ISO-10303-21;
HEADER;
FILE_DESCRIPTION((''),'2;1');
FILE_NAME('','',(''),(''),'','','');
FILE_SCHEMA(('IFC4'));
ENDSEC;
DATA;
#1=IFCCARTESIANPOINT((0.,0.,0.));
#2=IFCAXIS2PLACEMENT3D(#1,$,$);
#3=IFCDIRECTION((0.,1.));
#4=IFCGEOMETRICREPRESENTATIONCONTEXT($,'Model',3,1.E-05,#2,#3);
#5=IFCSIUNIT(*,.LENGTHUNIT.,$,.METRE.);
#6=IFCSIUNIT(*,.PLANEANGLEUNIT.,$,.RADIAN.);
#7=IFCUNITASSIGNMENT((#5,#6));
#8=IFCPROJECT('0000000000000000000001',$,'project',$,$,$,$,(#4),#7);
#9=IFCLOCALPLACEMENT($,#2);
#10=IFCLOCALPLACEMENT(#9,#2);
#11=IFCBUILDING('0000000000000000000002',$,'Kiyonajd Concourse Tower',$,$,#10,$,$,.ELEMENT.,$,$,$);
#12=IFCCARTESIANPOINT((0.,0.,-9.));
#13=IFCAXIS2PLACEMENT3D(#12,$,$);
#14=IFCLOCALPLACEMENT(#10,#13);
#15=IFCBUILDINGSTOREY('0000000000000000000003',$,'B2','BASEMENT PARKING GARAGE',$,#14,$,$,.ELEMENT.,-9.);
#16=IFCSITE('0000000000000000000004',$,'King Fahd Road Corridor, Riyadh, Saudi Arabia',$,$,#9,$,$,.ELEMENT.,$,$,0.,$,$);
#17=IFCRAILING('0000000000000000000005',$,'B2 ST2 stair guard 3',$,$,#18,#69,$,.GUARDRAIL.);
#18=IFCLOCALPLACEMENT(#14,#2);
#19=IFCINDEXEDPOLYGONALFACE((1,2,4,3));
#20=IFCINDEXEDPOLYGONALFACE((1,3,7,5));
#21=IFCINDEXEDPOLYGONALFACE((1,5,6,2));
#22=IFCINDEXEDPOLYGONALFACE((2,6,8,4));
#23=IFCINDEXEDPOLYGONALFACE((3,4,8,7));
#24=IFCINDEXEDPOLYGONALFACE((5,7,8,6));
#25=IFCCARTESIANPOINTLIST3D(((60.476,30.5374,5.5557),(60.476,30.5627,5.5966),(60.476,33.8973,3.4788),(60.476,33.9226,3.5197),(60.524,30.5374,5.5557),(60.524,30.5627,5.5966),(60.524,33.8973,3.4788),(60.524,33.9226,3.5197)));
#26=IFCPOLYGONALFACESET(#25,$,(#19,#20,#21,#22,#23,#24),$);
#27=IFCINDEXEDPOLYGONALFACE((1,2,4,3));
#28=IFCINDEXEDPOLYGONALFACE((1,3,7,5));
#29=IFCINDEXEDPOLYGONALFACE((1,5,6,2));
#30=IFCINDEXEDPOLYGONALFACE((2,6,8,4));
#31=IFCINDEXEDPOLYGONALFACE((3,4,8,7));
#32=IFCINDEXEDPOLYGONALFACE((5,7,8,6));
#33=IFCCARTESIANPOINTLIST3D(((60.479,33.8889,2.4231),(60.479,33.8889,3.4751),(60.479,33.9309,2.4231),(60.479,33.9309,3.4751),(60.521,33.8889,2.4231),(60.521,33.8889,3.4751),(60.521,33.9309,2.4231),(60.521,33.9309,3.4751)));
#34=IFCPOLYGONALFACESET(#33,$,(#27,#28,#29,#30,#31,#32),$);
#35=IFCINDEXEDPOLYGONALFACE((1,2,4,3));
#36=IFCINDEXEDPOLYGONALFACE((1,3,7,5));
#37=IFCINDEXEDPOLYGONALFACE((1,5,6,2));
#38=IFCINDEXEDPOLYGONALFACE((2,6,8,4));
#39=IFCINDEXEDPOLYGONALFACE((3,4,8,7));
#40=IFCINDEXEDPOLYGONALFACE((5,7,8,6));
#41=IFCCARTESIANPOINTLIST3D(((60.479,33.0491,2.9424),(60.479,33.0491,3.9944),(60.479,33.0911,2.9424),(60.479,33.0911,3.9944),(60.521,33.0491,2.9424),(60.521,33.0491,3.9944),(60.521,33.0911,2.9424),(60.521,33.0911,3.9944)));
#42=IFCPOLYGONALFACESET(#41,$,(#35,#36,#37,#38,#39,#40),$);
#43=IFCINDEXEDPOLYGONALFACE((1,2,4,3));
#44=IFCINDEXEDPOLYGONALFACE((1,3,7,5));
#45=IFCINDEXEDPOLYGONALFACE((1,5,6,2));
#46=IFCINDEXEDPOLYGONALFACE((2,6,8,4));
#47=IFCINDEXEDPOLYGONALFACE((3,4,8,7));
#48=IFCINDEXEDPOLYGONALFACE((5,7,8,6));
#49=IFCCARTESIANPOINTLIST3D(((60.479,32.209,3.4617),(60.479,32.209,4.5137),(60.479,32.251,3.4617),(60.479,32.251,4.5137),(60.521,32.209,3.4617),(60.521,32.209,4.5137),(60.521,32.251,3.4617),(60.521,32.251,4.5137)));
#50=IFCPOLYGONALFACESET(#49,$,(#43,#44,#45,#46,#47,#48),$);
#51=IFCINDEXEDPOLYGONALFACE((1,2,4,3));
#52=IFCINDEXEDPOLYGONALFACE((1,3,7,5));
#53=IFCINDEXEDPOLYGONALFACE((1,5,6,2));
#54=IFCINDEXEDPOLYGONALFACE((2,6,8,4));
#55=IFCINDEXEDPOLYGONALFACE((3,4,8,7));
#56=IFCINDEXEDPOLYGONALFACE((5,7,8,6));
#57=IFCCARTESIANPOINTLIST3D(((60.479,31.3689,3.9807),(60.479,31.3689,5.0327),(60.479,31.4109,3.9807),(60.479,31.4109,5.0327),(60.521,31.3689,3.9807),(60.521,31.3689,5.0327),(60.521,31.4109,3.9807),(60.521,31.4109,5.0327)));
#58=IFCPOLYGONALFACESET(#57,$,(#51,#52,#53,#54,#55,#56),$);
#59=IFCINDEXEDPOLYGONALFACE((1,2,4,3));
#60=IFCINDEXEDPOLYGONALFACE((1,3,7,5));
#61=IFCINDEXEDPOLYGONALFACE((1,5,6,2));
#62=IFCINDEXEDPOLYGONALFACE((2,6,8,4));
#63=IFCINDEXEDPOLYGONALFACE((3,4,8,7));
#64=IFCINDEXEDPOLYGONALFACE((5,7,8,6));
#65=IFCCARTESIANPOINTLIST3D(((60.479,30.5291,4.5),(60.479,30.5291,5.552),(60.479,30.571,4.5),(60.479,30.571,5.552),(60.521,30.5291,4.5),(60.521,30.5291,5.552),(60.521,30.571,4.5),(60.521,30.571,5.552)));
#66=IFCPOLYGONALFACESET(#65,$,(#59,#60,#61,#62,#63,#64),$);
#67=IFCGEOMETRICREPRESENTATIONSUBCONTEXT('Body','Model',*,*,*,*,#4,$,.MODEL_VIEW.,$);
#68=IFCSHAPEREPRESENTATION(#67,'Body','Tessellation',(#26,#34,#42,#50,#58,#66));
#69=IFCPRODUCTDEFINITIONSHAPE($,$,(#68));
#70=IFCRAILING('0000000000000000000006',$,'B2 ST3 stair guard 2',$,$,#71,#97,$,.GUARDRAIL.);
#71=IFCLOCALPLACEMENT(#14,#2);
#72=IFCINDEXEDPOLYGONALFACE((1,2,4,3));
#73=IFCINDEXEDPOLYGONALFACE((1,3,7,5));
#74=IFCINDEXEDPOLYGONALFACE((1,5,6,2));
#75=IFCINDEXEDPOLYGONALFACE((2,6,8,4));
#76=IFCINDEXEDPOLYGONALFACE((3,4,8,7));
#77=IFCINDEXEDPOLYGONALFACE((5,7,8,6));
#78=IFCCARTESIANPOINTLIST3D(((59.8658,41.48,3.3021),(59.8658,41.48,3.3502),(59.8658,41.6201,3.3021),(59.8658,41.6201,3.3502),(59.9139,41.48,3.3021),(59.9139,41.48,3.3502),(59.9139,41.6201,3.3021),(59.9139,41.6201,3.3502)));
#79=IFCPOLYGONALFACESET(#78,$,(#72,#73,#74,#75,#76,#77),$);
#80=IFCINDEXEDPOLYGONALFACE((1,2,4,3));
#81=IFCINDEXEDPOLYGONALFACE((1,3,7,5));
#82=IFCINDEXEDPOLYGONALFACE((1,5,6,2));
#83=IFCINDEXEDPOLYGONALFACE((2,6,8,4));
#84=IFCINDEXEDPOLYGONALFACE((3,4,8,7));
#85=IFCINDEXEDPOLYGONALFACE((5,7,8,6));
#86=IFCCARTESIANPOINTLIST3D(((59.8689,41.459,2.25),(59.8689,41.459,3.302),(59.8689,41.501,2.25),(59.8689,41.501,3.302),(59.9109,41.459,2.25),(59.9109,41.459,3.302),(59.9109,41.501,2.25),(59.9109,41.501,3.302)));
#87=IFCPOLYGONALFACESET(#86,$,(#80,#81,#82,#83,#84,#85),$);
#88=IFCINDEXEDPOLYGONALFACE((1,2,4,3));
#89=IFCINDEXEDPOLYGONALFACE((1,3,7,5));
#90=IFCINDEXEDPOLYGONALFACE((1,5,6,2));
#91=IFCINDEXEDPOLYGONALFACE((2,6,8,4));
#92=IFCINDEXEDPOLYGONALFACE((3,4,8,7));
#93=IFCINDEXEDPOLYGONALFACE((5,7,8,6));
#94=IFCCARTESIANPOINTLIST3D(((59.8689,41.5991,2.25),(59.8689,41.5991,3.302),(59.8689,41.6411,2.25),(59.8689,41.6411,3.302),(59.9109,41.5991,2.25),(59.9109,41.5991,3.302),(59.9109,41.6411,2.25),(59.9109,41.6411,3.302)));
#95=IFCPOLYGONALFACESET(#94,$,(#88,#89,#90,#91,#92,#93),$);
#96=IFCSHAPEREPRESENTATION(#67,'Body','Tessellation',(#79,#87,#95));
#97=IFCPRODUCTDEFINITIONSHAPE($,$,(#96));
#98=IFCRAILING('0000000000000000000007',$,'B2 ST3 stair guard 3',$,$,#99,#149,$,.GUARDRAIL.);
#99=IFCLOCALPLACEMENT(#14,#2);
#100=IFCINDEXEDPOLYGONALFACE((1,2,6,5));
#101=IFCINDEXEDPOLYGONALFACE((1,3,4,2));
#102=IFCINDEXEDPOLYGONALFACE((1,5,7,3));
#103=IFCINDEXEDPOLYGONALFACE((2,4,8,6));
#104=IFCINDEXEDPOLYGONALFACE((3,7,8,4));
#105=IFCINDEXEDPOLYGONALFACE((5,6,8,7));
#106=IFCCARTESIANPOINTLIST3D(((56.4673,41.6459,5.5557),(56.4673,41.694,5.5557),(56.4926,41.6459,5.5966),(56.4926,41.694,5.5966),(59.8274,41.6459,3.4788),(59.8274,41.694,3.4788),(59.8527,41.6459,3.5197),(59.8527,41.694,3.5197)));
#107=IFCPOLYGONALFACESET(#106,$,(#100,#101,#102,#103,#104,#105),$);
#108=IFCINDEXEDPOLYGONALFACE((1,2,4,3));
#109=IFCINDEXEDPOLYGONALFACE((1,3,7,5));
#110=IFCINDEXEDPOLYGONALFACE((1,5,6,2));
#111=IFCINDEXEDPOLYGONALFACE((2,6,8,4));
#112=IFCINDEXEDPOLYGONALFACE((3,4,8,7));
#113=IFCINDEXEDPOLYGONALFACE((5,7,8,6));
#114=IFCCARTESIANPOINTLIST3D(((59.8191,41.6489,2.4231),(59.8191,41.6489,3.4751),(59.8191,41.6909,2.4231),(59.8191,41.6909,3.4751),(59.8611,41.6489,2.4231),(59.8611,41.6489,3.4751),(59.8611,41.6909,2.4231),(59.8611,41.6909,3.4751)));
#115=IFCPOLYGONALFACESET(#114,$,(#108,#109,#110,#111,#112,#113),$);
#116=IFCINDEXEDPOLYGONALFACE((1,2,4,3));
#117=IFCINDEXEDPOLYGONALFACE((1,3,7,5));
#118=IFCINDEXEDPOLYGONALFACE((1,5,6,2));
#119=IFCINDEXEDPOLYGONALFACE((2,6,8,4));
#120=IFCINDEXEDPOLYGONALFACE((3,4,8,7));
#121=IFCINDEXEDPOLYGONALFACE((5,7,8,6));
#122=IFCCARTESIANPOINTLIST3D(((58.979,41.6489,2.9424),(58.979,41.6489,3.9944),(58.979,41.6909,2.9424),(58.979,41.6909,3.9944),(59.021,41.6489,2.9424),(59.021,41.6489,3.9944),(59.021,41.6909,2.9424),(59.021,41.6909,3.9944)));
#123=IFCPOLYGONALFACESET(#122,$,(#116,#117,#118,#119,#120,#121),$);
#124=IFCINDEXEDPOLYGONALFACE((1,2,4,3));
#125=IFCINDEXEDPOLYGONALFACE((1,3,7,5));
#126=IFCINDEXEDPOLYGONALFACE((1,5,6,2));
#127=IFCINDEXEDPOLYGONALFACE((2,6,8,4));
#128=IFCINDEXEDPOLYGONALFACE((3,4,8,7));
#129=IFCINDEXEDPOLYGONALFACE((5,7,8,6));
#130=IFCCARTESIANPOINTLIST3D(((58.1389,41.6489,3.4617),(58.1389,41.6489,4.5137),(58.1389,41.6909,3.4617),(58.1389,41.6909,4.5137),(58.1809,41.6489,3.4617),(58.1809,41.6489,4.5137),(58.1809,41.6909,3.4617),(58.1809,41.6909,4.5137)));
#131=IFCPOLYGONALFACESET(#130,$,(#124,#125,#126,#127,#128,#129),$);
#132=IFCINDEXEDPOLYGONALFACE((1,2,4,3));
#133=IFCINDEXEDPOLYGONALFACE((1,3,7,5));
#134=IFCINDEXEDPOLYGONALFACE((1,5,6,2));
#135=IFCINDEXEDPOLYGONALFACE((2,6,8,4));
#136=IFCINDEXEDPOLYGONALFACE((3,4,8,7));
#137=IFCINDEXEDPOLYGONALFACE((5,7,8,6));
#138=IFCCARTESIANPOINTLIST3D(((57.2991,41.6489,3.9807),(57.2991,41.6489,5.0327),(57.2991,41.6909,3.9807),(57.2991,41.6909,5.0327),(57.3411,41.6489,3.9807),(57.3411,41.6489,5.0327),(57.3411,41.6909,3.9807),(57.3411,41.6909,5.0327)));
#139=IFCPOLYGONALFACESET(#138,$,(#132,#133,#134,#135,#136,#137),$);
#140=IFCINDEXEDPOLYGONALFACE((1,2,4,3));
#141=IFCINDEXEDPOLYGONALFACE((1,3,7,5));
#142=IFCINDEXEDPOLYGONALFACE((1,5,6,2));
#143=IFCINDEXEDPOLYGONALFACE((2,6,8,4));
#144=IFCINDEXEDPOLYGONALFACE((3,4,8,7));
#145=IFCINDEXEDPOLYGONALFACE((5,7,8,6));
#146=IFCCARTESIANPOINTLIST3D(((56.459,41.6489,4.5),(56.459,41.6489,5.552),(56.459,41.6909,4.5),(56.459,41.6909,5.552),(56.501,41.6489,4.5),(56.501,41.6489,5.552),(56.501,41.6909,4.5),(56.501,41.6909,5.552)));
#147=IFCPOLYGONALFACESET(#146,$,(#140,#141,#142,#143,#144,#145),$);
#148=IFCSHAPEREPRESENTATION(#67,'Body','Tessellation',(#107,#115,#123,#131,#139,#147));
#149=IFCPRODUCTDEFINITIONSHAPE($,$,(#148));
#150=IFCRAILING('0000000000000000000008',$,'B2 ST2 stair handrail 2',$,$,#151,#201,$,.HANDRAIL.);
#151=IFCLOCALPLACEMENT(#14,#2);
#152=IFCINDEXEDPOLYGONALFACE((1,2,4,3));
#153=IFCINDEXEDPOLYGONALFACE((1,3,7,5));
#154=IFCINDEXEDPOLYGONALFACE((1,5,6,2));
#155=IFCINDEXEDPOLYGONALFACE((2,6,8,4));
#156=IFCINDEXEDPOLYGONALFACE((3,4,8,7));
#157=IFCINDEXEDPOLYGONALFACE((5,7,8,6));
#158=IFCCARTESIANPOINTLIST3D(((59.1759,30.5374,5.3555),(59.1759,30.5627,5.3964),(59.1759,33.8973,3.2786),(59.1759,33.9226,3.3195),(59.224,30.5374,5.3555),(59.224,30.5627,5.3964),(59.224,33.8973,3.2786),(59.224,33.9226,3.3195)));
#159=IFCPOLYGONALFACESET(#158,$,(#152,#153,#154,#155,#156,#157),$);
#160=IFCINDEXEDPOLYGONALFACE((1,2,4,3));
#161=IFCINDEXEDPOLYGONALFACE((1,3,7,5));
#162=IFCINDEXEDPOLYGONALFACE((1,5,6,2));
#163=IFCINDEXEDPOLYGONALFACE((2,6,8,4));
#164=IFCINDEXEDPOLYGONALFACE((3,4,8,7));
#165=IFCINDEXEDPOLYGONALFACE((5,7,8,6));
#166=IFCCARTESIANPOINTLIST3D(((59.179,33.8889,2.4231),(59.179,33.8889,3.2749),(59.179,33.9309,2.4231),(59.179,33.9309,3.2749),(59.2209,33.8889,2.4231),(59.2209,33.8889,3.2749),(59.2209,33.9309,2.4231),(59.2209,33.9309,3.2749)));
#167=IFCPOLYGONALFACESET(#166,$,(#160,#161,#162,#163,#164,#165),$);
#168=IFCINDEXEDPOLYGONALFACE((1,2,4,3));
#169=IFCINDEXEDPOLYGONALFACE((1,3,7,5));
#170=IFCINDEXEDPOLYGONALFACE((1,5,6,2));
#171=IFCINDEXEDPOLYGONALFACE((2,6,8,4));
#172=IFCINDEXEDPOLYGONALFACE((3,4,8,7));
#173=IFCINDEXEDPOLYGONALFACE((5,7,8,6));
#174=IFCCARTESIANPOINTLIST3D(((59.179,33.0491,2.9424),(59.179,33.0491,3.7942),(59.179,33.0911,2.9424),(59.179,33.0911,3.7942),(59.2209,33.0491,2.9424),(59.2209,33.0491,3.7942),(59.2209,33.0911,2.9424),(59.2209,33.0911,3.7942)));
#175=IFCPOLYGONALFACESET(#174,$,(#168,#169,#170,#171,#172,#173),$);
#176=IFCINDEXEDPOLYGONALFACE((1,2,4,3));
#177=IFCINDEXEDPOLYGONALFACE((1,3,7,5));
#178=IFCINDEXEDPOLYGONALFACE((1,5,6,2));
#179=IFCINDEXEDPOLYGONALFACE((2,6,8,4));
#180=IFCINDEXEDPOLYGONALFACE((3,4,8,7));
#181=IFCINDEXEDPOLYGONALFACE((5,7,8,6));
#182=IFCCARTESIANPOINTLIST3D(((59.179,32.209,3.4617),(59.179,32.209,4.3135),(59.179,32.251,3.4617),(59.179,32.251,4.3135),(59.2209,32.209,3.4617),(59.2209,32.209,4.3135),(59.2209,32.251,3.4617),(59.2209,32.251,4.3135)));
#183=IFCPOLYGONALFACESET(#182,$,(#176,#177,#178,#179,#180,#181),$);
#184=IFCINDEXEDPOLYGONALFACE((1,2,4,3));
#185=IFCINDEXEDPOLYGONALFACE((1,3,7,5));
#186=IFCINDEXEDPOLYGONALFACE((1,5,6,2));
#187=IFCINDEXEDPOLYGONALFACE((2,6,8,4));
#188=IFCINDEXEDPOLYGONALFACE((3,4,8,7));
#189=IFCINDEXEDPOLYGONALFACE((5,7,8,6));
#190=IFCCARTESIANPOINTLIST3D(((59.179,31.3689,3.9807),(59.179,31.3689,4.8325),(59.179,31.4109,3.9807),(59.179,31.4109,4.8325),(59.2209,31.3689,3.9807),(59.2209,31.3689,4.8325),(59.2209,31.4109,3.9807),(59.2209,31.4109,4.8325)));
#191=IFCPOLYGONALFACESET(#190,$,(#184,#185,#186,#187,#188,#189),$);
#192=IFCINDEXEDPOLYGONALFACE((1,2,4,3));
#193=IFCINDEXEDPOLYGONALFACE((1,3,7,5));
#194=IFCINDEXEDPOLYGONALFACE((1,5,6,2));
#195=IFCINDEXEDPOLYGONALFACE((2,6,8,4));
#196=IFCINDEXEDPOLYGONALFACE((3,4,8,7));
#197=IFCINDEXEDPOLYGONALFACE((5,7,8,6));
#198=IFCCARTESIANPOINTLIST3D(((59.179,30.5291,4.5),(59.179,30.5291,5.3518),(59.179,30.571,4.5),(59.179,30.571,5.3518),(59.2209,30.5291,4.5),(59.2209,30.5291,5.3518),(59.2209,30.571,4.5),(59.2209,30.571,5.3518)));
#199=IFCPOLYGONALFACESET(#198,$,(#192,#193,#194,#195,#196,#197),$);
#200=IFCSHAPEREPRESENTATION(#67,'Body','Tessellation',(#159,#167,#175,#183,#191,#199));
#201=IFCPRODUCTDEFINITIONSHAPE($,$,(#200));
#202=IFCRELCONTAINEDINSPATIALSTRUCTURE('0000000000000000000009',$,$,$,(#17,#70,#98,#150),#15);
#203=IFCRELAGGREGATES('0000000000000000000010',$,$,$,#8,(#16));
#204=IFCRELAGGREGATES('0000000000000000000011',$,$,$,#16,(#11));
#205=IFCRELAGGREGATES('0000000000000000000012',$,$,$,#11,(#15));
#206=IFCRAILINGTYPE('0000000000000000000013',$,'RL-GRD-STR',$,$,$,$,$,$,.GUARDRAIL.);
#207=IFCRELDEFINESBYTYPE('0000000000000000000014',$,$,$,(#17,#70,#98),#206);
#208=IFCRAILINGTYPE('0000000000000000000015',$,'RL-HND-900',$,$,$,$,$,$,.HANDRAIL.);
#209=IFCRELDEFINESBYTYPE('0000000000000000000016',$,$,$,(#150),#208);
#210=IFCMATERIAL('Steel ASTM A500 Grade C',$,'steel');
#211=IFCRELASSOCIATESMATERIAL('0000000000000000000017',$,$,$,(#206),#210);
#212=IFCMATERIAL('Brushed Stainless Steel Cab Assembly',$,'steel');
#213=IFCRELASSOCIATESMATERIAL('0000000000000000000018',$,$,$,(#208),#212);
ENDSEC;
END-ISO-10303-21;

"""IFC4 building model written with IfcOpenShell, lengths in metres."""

from ifc_helpers import new_model, si_unit, direction, frame, origin, origin_2d, place, context, subcontext, project, spatial, rectangle, extrude, material, type_object, element, save


model = new_model("IFC4")

# Units and contexts
model_context = context("Model", 3, precision=1e-05, world=origin(), true_north=direction((0.0, 1.0)))
body_context = subcontext(model_context, "Body", "Model", "MODEL_VIEW")
ifc_project = project(units=[si_unit("LENGTHUNIT", "METRE"), si_unit("PLANEANGLEUNIT", "RADIAN")], contexts=[model_context])

# Site, building, storey
site_placement = place(None, origin())
site = spatial("IfcSite", under=ifc_project, at=site_placement, Name="King Fahd Road Corridor, Riyadh, Saudi Arabia", CompositionType="ELEMENT", RefElevation=0.0)
building_placement = place(site_placement, origin())
building = spatial("IfcBuilding", under=site, at=building_placement, Name="Kiyonajd Concourse Tower", CompositionType="ELEMENT")
storey_placement = place(building_placement, frame((0.0, 0.0, -9.0)))
storey = spatial("IfcBuildingStorey", under=building, at=storey_placement, Name="B2", Description="BASEMENT PARKING GARAGE", CompositionType="ELEMENT", Elevation=-9.0)

# Railings
ifc_material_1 = material(Name="Steel ASTM A500 Grade C", Category="steel")
railing_type_1 = type_object("IfcRailingType", Name="RL-GRD-STR", PredefinedType="GUARDRAIL", material=ifc_material_1)
railing_1_placement = place(storey_placement, frame((60.5, 33.9099, 2.4231)))
element("IfcRailing", 1, at=railing_1_placement, inside=storey, type_object=railing_type_1, Name="B2 ST2 stair guard 3", PredefinedType="GUARDRAIL", context=body_context, shape_type="SweptSolid", body=[
    extrude(rectangle(XDim=0.0481, YDim=0.0481, at=origin_2d()), frame((0.0, 0.0, 1.0762), z_axis=(0.0, -0.850606, 0.525803), x_axis=(1.0, 0.0, 0.0)), (0.0, 0.0, 1.0), 3.95),
    extrude(rectangle(XDim=0.042, YDim=0.042, at=origin_2d()), origin(), (0.0, 0.0, 1.0), 1.052),
    extrude(rectangle(XDim=0.042, YDim=0.042, at=origin_2d()), frame((0.0, -0.8398, 0.5193)), (0.0, 0.0, 1.0), 1.052),
    extrude(rectangle(XDim=0.042, YDim=0.042, at=origin_2d()), frame((0.0, -1.6799, 1.0386)), (0.0, 0.0, 1.0), 1.052),
    extrude(rectangle(XDim=0.042, YDim=0.042, at=origin_2d()), frame((0.0, -2.52, 1.5576)), (0.0, 0.0, 1.0), 1.052),
    extrude(rectangle(XDim=0.042, YDim=0.042, at=origin_2d()), frame((0.0, -3.3599, 2.0769)), (0.0, 0.0, 1.0), 1.052),
])
railing_2_placement = place(storey_placement, frame((59.8899, 41.48, 2.25)))
element("IfcRailing", 2, at=railing_2_placement, inside=storey, type_object=railing_type_1, Name="B2 ST3 stair guard 2", PredefinedType="GUARDRAIL", context=body_context, shape_type="SweptSolid", body=[
    extrude(rectangle(XDim=0.0481, YDim=0.0481, at=origin_2d()), frame((0.0, 0.0, 1.0762), z_axis=(0.0, 1.0, 0.0), x_axis=(-1.0, 0.0, 0.0)), (0.0, 0.0, 1.0), 0.1401),
    extrude(rectangle(XDim=0.042, YDim=0.042, at=origin_2d()), origin(), (0.0, 0.0, 1.0), 1.052),
    extrude(rectangle(XDim=0.042, YDim=0.042, at=origin_2d()), frame((0.0, 0.1401, 0.0)), (0.0, 0.0, 1.0), 1.052),
])
railing_3_placement = place(storey_placement, frame((59.8401, 41.6699, 2.4231)))
element("IfcRailing", 3, at=railing_3_placement, inside=storey, type_object=railing_type_1, Name="B2 ST3 stair guard 3", PredefinedType="GUARDRAIL", context=body_context, shape_type="SweptSolid", body=[
    extrude(rectangle(XDim=0.0481, YDim=0.0481, at=origin_2d()), frame((0.0, 0.0, 1.0762), z_axis=(-0.850623, 0.0, 0.525776), x_axis=(0.0, -1.0, 0.0)), (0.0, 0.0, 1.0), 3.9502),
    extrude(rectangle(XDim=0.042, YDim=0.042, at=origin_2d()), origin(), (0.0, 0.0, 1.0), 1.052),
    extrude(rectangle(XDim=0.042, YDim=0.042, at=origin_2d()), frame((-0.8401, 0.0, 0.5193)), (0.0, 0.0, 1.0), 1.052),
    extrude(rectangle(XDim=0.042, YDim=0.042, at=origin_2d()), frame((-1.6802, 0.0, 1.0386)), (0.0, 0.0, 1.0), 1.052),
    extrude(rectangle(XDim=0.042, YDim=0.042, at=origin_2d()), frame((-2.52, 0.0, 1.5576)), (0.0, 0.0, 1.0), 1.052),
    extrude(rectangle(XDim=0.042, YDim=0.042, at=origin_2d()), frame((-3.3601, 0.0, 2.0769)), (0.0, 0.0, 1.0), 1.052),
])
ifc_material_2 = material(Name="Brushed Stainless Steel Cab Assembly", Category="steel")
railing_type_2 = type_object("IfcRailingType", Name="RL-HND-900", PredefinedType="HANDRAIL", material=ifc_material_2)
railing_4_placement = place(storey_placement, frame((59.2, 33.9099, 2.4231)))
element("IfcRailing", 4, at=railing_4_placement, inside=storey, type_object=railing_type_2, Name="B2 ST2 stair handrail 2", PredefinedType="HANDRAIL", context=body_context, shape_type="SweptSolid", body=[
    extrude(rectangle(XDim=0.0481, YDim=0.0481, at=origin_2d()), frame((0.0, 0.0, 0.876), z_axis=(0.0, -0.850606, 0.525803), x_axis=(1.0, 0.0, 0.0)), (0.0, 0.0, 1.0), 3.95),
    extrude(rectangle(XDim=0.042, YDim=0.042, at=origin_2d()), origin(), (0.0, 0.0, 1.0), 0.8518),
    extrude(rectangle(XDim=0.042, YDim=0.042, at=origin_2d()), frame((0.0, -0.8398, 0.5193)), (0.0, 0.0, 1.0), 0.8518),
    extrude(rectangle(XDim=0.042, YDim=0.042, at=origin_2d()), frame((0.0, -1.6799, 1.0386)), (0.0, 0.0, 1.0), 0.8518),
    extrude(rectangle(XDim=0.042, YDim=0.042, at=origin_2d()), frame((0.0, -2.52, 1.5576)), (0.0, 0.0, 1.0), 0.8518),
    extrude(rectangle(XDim=0.042, YDim=0.042, at=origin_2d()), frame((0.0, -3.3599, 2.0769)), (0.0, 0.0, 1.0), 0.8518),
])

save(model, "model.ifc")
